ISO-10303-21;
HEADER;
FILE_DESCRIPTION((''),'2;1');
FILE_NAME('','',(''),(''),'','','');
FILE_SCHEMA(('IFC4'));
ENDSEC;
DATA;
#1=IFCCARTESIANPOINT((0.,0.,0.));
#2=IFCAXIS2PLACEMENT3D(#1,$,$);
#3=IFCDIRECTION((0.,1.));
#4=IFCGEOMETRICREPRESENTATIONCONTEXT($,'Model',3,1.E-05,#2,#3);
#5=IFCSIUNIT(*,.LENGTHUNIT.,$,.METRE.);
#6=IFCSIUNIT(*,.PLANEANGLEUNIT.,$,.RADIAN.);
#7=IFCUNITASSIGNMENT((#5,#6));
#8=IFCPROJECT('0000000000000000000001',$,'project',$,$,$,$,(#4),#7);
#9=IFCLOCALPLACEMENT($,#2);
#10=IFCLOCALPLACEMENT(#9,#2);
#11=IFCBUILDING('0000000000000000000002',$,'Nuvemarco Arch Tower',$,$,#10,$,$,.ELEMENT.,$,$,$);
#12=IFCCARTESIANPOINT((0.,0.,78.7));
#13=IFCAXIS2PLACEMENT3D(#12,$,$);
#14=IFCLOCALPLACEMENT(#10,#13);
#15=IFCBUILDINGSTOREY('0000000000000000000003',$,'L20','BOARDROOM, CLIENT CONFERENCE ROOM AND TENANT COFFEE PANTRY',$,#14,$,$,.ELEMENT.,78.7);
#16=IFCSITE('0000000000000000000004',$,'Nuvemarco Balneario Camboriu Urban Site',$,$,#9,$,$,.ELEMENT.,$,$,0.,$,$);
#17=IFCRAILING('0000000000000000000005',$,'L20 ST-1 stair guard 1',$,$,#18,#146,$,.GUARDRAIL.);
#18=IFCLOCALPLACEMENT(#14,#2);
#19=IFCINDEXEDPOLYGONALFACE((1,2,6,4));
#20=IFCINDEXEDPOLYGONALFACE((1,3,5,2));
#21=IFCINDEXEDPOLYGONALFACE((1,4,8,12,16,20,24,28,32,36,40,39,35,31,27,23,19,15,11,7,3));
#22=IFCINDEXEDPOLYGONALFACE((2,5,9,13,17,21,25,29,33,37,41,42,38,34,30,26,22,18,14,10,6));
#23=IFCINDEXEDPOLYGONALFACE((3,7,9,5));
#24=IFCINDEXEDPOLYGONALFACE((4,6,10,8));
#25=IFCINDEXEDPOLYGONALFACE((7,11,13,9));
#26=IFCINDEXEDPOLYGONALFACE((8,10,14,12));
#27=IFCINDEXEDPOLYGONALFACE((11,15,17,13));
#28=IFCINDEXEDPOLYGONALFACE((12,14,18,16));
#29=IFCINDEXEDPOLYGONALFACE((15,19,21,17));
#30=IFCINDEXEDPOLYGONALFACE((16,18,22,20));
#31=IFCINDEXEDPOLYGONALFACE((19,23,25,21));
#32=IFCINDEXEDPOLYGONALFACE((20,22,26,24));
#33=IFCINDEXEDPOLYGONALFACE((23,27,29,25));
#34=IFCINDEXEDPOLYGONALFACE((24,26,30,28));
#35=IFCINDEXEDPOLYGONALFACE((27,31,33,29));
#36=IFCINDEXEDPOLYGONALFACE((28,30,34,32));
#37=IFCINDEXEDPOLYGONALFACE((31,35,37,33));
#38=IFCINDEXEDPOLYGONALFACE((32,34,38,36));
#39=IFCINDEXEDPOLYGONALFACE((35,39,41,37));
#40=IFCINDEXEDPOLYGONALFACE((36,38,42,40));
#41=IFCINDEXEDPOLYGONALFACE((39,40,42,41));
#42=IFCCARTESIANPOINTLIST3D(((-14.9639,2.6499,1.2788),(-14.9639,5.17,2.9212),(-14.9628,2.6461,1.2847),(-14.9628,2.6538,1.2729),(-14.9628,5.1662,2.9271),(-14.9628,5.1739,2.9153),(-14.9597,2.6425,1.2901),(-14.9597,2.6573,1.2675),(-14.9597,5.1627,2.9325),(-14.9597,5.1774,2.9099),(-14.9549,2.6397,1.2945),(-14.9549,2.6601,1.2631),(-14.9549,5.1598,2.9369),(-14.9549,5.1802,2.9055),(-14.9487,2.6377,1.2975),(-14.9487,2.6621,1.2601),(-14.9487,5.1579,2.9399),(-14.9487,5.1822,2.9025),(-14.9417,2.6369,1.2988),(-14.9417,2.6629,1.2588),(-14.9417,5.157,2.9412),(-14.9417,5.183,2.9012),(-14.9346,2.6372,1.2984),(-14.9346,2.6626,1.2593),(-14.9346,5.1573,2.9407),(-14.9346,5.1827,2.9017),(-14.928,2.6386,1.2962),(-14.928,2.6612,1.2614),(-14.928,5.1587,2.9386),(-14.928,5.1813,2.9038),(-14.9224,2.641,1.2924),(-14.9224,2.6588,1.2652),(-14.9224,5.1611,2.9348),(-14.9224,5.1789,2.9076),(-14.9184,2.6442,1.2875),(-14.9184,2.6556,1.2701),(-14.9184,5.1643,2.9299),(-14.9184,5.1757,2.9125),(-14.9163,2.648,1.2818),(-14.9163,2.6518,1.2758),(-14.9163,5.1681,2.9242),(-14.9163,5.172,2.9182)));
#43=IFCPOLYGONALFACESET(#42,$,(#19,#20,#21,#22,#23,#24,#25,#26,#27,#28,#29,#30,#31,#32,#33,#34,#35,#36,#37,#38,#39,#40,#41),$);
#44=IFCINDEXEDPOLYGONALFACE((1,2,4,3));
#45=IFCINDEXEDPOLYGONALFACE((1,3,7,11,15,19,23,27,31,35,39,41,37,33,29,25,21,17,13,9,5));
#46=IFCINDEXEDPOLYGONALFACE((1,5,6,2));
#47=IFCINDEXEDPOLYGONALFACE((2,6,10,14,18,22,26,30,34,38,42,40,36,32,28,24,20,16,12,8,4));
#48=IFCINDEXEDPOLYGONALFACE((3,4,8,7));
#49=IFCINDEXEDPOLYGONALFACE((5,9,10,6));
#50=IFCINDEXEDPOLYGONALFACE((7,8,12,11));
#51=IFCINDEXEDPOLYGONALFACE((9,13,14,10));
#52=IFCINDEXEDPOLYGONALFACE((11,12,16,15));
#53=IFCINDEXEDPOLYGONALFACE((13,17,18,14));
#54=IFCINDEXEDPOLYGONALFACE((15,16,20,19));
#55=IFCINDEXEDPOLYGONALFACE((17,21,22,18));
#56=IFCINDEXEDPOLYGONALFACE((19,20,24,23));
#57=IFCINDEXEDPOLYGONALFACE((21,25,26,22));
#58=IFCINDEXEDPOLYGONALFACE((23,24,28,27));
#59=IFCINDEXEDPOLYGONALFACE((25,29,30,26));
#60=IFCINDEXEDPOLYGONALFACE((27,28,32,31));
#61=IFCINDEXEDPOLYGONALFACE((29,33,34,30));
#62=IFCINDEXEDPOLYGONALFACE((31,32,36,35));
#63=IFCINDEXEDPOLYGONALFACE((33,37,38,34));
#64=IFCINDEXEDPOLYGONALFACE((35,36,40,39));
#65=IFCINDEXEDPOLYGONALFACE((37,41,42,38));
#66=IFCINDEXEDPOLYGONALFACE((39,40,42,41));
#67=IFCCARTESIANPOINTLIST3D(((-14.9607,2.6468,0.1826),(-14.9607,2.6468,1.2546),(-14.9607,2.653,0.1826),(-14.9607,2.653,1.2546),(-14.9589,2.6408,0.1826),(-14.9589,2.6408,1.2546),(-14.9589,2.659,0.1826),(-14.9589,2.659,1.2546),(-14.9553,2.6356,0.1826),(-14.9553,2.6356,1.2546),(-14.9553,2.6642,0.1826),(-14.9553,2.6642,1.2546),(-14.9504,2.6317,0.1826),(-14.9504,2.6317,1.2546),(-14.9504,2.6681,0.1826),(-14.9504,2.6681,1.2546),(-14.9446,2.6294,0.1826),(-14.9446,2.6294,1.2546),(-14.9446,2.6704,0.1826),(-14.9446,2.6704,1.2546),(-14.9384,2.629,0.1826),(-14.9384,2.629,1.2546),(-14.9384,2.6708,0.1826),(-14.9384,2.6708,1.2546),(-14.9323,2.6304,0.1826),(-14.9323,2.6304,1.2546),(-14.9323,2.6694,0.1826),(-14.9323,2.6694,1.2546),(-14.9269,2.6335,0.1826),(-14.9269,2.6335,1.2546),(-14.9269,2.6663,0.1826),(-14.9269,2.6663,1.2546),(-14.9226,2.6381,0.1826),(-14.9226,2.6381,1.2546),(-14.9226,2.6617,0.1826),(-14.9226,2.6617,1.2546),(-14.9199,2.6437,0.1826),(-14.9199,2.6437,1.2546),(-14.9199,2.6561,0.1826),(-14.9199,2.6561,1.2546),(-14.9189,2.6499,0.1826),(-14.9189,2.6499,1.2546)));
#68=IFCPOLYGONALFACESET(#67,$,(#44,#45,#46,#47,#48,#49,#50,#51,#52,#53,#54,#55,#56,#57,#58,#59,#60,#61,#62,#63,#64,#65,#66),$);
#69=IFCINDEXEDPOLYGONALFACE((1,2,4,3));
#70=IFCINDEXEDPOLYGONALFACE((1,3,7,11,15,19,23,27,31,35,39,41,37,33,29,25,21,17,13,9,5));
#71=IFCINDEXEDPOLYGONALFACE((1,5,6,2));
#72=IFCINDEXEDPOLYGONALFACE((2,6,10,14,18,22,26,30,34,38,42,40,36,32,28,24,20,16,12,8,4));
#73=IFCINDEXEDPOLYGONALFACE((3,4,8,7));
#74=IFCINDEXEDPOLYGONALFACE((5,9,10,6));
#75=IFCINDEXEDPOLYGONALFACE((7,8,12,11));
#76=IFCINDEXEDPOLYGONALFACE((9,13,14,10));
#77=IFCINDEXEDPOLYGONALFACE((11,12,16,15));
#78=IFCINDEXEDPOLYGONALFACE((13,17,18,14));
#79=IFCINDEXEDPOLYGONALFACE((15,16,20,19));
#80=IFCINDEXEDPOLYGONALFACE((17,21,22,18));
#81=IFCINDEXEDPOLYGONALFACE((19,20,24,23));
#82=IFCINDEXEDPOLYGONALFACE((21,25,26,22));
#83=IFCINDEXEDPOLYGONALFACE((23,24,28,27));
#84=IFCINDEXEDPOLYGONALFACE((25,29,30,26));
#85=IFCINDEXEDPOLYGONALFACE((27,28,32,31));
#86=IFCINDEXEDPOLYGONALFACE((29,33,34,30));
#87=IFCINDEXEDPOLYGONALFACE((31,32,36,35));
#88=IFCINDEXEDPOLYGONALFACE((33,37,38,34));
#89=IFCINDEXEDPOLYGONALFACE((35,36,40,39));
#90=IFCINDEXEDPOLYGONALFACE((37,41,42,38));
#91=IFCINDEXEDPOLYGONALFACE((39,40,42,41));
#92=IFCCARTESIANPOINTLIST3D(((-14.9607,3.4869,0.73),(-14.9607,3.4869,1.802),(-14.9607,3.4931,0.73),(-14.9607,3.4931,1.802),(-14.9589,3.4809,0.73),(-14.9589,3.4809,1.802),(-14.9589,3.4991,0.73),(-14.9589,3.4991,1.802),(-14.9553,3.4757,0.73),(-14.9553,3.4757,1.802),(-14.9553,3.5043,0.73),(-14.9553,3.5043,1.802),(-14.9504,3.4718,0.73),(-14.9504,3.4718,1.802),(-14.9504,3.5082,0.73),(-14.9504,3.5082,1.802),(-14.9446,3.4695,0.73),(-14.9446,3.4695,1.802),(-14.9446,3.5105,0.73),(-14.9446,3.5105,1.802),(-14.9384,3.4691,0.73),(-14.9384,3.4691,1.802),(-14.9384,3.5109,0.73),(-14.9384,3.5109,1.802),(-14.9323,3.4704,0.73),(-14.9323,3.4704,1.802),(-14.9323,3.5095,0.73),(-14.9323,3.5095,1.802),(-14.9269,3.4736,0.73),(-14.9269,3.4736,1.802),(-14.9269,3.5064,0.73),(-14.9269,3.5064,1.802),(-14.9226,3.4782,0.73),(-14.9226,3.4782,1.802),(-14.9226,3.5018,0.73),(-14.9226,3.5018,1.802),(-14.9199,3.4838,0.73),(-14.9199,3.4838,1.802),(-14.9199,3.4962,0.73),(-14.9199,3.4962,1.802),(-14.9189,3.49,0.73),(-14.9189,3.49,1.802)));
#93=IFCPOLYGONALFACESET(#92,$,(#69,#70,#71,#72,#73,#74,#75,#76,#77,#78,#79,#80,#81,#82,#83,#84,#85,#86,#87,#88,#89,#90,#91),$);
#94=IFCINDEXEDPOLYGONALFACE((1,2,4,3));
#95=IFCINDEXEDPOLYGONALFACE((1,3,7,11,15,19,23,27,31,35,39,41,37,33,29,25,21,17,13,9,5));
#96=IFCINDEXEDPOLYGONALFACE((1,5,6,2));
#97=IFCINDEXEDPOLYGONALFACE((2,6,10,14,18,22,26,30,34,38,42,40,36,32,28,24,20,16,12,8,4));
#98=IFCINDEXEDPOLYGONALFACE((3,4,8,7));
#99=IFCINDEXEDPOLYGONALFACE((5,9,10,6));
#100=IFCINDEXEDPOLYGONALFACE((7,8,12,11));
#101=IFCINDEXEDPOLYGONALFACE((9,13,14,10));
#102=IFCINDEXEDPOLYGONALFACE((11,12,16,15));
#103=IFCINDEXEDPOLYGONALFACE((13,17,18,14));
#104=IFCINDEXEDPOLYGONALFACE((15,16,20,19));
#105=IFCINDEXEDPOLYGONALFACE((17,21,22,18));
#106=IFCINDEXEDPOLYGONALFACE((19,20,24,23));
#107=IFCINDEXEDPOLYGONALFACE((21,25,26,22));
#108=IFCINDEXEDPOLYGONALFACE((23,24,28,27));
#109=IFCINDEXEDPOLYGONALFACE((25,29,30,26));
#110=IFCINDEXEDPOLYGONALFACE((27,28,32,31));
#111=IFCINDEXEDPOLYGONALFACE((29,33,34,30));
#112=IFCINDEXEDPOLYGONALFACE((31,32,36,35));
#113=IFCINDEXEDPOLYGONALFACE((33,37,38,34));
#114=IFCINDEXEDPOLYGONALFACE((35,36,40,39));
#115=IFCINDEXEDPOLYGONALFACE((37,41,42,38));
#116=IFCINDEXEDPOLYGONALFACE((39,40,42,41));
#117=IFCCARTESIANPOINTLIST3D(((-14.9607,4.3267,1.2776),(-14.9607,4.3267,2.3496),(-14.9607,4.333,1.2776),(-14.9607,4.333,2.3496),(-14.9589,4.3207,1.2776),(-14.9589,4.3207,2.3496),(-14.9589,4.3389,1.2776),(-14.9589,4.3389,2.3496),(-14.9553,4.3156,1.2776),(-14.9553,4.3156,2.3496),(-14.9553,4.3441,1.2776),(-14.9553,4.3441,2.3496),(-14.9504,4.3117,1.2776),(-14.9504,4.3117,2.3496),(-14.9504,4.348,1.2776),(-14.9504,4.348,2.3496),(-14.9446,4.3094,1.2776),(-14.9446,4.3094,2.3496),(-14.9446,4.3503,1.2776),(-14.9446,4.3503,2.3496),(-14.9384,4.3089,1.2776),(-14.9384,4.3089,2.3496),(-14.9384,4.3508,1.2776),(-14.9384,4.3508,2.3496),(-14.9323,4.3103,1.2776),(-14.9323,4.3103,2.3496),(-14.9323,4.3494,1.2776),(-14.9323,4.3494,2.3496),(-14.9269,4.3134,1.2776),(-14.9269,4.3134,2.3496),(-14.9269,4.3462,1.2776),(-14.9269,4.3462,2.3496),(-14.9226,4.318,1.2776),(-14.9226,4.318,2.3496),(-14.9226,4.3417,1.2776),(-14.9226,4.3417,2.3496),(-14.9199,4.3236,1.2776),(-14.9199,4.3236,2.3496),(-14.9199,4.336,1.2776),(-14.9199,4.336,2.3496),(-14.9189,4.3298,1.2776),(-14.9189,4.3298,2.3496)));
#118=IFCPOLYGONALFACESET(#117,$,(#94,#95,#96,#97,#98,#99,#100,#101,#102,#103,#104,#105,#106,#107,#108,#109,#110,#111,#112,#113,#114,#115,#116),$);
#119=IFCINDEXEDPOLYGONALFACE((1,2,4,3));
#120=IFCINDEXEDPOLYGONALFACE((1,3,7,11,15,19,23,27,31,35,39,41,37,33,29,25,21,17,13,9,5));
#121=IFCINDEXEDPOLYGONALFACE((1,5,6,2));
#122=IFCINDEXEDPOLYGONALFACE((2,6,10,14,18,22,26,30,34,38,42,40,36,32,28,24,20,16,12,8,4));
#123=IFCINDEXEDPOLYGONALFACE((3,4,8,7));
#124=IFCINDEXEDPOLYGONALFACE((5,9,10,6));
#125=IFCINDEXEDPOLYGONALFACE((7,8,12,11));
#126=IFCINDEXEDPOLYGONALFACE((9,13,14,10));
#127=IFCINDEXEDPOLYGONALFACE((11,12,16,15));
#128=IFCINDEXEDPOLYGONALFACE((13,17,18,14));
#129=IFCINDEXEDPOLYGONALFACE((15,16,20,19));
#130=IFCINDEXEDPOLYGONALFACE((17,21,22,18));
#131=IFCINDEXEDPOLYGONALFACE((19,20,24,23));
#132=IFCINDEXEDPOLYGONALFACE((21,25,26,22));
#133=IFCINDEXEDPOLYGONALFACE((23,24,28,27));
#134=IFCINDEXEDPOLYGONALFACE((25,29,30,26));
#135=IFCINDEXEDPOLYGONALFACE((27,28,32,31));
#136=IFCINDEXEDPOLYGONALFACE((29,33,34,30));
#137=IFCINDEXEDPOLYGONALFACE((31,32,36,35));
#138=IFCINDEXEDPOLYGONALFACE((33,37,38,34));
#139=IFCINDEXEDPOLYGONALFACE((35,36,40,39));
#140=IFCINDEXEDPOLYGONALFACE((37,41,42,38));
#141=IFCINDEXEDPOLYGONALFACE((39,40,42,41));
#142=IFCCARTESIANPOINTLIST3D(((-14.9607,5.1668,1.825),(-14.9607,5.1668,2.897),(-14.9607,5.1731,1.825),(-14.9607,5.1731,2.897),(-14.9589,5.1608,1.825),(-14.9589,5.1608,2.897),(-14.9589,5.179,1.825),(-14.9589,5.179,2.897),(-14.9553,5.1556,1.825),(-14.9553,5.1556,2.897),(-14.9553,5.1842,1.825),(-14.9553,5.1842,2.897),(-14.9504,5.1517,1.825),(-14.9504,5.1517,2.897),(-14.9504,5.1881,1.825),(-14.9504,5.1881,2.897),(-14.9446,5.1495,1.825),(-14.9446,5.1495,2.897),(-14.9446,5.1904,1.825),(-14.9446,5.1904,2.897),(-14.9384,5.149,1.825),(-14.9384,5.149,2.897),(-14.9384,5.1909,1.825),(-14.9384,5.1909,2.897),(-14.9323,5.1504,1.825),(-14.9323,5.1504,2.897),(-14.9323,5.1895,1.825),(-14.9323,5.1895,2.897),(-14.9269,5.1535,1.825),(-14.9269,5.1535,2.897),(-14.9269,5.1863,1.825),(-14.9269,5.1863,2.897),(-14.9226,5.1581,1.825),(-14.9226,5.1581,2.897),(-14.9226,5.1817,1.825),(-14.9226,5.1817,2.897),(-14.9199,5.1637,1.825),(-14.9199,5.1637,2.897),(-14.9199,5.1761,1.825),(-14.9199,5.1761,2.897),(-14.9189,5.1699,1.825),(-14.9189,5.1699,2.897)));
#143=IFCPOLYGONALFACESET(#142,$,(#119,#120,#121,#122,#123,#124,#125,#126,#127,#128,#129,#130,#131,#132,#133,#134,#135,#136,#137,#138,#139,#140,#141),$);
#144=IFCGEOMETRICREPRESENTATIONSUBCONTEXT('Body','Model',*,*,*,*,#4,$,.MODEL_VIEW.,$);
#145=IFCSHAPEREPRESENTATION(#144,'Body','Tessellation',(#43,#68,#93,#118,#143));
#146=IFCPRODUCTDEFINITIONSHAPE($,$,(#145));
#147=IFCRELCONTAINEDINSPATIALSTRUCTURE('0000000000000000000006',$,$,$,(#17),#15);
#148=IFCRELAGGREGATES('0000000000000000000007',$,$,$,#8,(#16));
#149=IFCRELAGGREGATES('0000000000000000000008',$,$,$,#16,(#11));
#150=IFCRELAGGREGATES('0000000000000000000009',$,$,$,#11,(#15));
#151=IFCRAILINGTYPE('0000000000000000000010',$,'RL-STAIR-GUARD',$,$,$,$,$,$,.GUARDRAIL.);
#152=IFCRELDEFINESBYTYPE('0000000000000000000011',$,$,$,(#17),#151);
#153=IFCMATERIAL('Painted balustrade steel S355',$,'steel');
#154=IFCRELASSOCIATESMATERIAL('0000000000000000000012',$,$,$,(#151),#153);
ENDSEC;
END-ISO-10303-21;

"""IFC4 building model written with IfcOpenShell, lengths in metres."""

from ifc_helpers import new_model, si_unit, direction, frame, origin, origin_2d, place, context, subcontext, project, spatial, circle, extrude, material, type_object, element, save


model = new_model("IFC4")

# Units and contexts
model_context = context("Model", 3, precision=1e-05, world=origin(), true_north=direction((0.0, 1.0)))
body_context = subcontext(model_context, "Body", "Model", "MODEL_VIEW")
ifc_project = project(units=[si_unit("LENGTHUNIT", "METRE"), si_unit("PLANEANGLEUNIT", "RADIAN")], contexts=[model_context])

# Site, building, storey
site_placement = place(None, origin())
site = spatial("IfcSite", under=ifc_project, at=site_placement, Name="Nuvemarco Balneario Camboriu Urban Site", CompositionType="ELEMENT", RefElevation=0.0)
building_placement = place(site_placement, origin())
building = spatial("IfcBuilding", under=site, at=building_placement, Name="Nuvemarco Arch Tower", CompositionType="ELEMENT")
storey_placement = place(building_placement, frame((0.0, 0.0, 78.7)))
storey = spatial("IfcBuildingStorey", under=building, at=storey_placement, Name="L20", Description="BOARDROOM, CLIENT CONFERENCE ROOM AND TENANT COFFEE PANTRY", CompositionType="ELEMENT", Elevation=78.7)

# Railing
ifc_material_1 = material(Name="Painted balustrade steel S355", Category="steel")
railing_type_1 = type_object("IfcRailingType", Name="RL-STAIR-GUARD", PredefinedType="GUARDRAIL", material=ifc_material_1)
railing_1_placement = place(storey_placement, frame((-14.9399, 2.6499, 0.1826)))
element("IfcRailing", 1, at=railing_1_placement, inside=storey, type_object=railing_type_1, Name="L20 ST-1 stair guard 1", PredefinedType="GUARDRAIL", context=body_context, shape_type="SweptSolid", body=[
    extrude(circle(Radius=0.0239, at=origin_2d()), frame((0.0, 0.0, 1.0962), z_axis=(0.0, 0.837787, 0.545998), x_axis=(-1.0, 0.0, 0.0)), (0.0, 0.0, 1.0), 3.0081),
    extrude(circle(Radius=0.021, at=origin_2d()), origin(), (0.0, 0.0, 1.0), 1.072),
    extrude(circle(Radius=0.021, at=origin_2d()), frame((0.0, 0.8401, 0.5474)), (0.0, 0.0, 1.0), 1.072),
    extrude(circle(Radius=0.021, at=origin_2d()), frame((0.0, 1.6799, 1.095)), (0.0, 0.0, 1.0), 1.072),
    extrude(circle(Radius=0.021, at=origin_2d()), frame((0.0, 2.52, 1.6423)), (0.0, 0.0, 1.0), 1.072),
])

save(model, "model.ifc")
